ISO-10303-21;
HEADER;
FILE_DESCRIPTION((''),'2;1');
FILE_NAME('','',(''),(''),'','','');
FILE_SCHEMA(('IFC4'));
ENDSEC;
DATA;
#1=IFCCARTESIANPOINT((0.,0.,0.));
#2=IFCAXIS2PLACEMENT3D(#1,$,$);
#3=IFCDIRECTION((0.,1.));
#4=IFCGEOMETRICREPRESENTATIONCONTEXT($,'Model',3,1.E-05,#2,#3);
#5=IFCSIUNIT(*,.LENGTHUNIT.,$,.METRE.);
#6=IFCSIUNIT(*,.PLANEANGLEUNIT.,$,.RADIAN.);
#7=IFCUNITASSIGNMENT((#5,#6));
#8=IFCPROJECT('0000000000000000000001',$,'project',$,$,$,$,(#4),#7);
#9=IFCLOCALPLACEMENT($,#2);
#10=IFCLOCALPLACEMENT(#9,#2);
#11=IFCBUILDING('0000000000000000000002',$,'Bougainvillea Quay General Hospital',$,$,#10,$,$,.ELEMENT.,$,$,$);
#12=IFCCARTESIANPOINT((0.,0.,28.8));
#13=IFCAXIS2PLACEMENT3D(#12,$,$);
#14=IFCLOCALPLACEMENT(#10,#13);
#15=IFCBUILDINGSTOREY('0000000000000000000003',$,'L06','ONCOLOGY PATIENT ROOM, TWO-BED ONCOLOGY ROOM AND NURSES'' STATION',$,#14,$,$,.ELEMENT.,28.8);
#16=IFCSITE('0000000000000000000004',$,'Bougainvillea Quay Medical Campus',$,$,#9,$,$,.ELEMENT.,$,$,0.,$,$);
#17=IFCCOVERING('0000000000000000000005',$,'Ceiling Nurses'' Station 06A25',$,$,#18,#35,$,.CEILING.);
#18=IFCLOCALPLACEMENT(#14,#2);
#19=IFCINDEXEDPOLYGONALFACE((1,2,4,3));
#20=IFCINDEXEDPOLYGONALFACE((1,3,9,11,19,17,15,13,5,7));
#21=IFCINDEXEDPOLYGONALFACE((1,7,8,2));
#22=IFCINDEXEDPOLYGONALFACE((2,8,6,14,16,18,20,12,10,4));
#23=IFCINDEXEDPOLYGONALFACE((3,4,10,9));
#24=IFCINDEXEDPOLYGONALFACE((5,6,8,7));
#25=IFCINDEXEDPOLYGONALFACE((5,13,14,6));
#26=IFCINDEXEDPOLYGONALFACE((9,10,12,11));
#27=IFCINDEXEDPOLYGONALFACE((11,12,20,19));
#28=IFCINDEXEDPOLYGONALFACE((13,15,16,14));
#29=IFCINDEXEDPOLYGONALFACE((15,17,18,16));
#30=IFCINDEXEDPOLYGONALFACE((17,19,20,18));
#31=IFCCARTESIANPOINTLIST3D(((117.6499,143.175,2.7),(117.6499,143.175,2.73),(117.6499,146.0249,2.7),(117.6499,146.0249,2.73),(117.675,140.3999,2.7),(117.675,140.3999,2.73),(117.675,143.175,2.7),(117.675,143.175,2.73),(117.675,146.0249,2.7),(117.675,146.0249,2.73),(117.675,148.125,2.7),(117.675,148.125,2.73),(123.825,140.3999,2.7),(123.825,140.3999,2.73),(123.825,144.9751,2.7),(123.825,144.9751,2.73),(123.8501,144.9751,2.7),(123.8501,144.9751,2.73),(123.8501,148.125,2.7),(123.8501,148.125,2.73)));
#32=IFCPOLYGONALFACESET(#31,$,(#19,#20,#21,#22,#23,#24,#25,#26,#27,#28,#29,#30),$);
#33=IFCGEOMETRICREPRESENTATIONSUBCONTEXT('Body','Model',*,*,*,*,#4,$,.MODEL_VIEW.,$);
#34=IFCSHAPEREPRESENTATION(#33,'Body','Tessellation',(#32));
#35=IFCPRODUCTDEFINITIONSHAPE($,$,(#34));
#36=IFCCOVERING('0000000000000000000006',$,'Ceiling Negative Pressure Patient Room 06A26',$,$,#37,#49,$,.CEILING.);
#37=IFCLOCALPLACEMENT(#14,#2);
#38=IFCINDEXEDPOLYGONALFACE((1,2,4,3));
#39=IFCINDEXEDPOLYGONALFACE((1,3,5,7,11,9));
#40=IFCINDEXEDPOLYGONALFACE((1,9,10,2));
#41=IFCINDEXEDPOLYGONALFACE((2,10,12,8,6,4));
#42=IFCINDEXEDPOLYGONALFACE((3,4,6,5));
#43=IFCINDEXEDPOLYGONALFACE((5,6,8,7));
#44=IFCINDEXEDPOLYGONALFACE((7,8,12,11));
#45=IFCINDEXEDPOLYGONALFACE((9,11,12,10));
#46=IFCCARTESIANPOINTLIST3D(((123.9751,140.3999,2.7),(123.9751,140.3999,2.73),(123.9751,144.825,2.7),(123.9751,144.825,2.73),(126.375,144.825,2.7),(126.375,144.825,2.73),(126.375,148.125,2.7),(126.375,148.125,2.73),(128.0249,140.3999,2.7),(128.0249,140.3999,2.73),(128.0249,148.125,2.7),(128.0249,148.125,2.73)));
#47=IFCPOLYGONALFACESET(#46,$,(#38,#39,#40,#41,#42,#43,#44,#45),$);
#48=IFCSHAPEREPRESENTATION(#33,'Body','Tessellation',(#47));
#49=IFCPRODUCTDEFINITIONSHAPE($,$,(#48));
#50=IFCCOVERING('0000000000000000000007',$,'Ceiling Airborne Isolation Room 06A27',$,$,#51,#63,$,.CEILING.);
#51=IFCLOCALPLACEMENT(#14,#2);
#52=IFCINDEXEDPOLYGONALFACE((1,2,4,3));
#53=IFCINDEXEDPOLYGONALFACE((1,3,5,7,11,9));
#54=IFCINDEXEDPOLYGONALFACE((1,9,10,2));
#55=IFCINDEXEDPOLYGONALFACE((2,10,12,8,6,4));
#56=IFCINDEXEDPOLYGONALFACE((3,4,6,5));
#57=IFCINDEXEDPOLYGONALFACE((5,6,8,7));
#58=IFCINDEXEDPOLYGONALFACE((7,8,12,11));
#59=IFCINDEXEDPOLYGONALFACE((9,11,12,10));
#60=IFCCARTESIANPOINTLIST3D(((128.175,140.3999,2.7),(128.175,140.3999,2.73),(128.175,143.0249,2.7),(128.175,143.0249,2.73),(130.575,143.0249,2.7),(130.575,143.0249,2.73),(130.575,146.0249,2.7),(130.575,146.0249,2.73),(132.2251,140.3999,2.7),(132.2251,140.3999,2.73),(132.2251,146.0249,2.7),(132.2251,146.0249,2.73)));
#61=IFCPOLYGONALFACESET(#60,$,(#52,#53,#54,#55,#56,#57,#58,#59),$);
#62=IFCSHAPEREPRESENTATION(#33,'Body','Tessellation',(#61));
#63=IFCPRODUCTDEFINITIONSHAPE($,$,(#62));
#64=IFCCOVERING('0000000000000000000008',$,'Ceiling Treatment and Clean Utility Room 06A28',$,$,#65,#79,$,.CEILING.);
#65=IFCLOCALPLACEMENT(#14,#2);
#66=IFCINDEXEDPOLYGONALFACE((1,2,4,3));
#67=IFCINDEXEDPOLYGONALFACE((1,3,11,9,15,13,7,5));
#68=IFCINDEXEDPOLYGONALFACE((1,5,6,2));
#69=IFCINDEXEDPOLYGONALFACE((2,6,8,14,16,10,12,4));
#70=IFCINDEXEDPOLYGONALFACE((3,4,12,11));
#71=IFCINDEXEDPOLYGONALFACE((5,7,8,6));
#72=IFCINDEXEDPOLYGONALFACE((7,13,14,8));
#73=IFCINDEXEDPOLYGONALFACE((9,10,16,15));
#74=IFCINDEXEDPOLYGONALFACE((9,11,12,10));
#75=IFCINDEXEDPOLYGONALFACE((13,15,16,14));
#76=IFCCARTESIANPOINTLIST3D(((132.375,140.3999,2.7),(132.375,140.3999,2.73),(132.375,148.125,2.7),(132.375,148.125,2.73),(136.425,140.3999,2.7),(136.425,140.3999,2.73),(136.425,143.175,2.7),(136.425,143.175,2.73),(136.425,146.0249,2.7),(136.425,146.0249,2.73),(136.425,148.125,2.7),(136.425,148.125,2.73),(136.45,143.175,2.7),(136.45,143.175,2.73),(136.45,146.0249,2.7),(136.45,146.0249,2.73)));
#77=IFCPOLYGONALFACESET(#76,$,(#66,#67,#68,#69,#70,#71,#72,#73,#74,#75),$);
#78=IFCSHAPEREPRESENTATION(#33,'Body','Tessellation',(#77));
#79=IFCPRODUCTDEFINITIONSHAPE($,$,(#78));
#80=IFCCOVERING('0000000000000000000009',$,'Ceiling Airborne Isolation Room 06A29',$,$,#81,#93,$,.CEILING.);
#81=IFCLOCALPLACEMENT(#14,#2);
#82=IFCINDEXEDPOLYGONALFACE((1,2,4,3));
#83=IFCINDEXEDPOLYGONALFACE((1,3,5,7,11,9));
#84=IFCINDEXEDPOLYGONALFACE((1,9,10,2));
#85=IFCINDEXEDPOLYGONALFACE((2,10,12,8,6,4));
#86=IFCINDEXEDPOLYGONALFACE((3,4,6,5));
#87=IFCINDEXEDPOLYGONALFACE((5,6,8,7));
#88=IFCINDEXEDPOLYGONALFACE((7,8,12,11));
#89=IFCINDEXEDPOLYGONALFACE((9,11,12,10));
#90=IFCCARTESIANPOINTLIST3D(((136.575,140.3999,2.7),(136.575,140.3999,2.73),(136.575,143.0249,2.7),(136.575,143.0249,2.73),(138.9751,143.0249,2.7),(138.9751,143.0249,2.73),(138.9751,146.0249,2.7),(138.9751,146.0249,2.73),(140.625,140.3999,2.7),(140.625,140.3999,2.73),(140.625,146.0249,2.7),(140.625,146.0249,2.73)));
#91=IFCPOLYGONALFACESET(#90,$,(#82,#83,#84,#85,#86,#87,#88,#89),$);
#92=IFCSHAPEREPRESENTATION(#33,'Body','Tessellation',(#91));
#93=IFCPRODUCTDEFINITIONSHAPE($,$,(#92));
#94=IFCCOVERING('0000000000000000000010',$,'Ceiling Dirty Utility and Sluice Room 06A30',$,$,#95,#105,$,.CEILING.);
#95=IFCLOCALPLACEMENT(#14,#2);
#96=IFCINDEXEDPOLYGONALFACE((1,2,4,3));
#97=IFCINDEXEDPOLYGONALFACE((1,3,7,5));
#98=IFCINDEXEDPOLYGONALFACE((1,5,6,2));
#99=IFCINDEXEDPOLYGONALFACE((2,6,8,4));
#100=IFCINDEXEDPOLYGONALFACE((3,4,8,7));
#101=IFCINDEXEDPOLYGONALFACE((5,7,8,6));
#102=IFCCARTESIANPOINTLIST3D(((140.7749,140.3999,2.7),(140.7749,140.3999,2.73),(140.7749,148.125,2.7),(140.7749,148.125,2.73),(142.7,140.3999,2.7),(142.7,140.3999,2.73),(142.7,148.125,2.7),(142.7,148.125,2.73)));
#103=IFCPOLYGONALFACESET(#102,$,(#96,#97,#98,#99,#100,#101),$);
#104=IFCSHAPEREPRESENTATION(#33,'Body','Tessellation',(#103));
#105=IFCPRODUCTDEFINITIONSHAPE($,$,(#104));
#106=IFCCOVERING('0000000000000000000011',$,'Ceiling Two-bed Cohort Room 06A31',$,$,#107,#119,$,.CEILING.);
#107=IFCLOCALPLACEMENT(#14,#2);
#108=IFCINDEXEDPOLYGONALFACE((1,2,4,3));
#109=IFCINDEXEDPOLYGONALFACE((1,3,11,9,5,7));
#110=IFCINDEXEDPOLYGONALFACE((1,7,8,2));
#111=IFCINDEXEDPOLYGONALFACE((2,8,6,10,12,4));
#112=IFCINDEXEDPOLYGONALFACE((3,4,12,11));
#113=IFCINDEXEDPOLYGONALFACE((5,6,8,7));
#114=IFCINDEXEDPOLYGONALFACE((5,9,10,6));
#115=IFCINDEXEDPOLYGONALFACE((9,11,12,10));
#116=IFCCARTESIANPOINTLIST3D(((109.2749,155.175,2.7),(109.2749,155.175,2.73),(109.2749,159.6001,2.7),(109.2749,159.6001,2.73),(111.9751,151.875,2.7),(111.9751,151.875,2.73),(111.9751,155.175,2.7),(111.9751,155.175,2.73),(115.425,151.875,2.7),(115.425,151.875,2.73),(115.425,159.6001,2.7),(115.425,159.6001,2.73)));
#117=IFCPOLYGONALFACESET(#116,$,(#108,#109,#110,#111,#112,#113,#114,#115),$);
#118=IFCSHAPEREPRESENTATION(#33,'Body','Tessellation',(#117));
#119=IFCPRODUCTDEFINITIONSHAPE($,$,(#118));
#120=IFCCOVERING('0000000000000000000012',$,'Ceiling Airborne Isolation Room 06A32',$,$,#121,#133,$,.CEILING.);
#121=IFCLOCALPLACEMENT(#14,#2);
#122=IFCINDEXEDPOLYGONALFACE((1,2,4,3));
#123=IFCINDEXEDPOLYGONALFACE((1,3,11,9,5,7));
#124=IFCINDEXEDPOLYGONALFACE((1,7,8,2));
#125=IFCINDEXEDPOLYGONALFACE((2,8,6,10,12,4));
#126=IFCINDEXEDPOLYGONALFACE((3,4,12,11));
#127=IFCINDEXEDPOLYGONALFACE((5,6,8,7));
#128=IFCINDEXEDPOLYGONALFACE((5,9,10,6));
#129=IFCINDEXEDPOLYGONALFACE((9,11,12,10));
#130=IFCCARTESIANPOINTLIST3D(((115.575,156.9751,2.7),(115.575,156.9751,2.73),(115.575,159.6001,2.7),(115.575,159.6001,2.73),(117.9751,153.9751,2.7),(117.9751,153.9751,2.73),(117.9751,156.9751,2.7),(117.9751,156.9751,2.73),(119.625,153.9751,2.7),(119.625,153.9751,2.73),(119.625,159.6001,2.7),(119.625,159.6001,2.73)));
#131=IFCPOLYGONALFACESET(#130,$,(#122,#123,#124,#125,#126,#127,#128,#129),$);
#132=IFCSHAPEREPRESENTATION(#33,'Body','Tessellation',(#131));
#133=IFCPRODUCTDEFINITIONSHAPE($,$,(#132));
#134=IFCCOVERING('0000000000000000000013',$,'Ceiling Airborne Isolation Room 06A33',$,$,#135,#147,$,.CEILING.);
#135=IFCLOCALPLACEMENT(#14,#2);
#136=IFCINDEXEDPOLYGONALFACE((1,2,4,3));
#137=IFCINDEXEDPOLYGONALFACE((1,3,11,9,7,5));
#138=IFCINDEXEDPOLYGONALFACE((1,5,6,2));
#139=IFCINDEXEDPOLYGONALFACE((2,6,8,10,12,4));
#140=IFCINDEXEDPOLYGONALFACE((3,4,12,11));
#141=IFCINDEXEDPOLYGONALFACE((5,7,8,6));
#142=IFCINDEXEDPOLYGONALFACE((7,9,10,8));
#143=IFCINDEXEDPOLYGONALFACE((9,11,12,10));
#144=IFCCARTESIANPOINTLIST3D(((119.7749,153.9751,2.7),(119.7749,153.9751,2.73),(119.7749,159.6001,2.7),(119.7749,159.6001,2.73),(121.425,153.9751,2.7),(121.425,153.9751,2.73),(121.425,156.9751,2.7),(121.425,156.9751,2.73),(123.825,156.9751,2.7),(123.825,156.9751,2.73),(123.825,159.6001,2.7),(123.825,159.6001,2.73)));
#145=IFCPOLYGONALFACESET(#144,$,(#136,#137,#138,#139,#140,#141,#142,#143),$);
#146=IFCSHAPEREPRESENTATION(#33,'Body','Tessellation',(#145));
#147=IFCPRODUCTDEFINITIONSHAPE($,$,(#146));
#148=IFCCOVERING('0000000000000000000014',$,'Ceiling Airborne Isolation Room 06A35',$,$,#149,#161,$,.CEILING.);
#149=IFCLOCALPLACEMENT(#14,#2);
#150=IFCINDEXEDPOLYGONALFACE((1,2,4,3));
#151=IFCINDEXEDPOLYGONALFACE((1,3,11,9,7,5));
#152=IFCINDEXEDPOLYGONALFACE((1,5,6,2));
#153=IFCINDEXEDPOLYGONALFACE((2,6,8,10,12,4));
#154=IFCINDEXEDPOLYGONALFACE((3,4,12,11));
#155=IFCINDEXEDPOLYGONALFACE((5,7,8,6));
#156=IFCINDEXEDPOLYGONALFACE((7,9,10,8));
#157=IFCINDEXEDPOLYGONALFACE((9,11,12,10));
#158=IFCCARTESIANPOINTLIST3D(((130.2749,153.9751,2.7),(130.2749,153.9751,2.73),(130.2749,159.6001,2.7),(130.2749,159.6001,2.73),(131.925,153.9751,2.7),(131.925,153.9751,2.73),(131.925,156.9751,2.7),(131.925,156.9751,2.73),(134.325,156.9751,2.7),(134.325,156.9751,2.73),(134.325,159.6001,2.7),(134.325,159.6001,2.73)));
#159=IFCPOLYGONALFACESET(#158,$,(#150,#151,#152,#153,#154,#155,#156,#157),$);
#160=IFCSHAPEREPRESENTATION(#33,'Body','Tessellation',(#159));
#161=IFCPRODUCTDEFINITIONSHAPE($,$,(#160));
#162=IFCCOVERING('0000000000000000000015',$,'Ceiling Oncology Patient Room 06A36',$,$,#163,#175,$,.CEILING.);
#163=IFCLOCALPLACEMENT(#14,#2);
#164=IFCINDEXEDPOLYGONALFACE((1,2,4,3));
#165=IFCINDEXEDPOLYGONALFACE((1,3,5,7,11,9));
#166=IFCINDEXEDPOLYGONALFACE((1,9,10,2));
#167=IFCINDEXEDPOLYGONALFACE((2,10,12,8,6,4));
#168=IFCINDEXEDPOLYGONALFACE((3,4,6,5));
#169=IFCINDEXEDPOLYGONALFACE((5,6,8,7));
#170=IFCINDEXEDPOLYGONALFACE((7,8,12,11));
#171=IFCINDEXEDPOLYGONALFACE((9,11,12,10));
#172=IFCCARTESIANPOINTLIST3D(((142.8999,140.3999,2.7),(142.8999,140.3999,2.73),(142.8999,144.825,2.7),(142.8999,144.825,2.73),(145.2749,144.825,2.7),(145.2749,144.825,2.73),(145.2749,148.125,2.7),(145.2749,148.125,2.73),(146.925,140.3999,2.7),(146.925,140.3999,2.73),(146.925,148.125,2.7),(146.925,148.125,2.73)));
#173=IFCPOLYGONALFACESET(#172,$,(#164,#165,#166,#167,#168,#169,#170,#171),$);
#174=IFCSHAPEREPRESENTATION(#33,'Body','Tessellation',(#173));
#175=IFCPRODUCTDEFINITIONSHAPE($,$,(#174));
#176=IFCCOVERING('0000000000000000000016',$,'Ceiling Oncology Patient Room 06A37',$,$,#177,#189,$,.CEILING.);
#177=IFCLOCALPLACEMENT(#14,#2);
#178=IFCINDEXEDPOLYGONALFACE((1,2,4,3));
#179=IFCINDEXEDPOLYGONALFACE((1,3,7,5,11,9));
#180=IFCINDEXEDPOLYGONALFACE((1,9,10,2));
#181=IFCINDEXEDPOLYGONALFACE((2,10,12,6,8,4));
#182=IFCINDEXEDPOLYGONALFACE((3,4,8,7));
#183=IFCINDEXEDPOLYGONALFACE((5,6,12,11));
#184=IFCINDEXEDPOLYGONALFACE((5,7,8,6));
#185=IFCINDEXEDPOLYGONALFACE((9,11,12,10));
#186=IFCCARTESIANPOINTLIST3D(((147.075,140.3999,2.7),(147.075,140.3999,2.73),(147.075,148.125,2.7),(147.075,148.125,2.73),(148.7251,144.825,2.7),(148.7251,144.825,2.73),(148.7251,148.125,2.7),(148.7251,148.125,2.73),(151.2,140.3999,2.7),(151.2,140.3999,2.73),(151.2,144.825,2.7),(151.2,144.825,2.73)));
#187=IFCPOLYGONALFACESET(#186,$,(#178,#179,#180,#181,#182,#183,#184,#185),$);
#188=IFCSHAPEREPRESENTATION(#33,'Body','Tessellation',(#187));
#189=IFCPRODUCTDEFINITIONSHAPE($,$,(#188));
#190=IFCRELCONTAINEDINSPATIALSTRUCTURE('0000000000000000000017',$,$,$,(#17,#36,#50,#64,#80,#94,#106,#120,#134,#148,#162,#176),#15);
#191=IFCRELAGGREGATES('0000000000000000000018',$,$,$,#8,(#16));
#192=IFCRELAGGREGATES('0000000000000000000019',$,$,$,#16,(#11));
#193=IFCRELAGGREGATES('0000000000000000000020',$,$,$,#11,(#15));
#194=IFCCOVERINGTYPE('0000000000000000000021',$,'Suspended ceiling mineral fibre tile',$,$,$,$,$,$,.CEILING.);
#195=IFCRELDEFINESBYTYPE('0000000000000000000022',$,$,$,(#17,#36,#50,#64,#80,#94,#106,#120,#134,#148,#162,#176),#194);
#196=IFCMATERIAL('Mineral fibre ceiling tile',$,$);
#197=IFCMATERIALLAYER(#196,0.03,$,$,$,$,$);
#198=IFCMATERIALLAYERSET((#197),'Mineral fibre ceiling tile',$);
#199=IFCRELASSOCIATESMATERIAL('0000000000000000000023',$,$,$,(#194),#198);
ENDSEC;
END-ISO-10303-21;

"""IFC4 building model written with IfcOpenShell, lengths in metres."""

from ifc_helpers import new_model, si_unit, direction, frame, origin, place, context, subcontext, project, spatial, polyline, outline, extrude, material, layer, layer_set, type_object, element, save


model = new_model("IFC4")

# Units and contexts
model_context = context("Model", 3, precision=1e-05, world=origin(), true_north=direction((0.0, 1.0)))
body_context = subcontext(model_context, "Body", "Model", "MODEL_VIEW")
ifc_project = project(units=[si_unit("LENGTHUNIT", "METRE"), si_unit("PLANEANGLEUNIT", "RADIAN")], contexts=[model_context])

# Site, building, storey
site_placement = place(None, origin())
site = spatial("IfcSite", under=ifc_project, at=site_placement, Name="Bougainvillea Quay Medical Campus", CompositionType="ELEMENT", RefElevation=0.0)
building_placement = place(site_placement, origin())
building = spatial("IfcBuilding", under=site, at=building_placement, Name="Bougainvillea Quay General Hospital", CompositionType="ELEMENT")
storey_placement = place(building_placement, frame((0.0, 0.0, 28.8)))
storey = spatial("IfcBuildingStorey", under=building, at=storey_placement, Name="L06", Description="ONCOLOGY PATIENT ROOM, TWO-BED ONCOLOGY ROOM AND NURSES' STATION", CompositionType="ELEMENT", Elevation=28.8)

# Coverings
ifc_material = material(Name="Mineral fibre ceiling tile")
ifc_layer = layer(ifc_material, 0.03)
ifc_layer_set = layer_set([ifc_layer], Name="Mineral fibre ceiling tile")
covering_type = type_object("IfcCoveringType", Name="Suspended ceiling mineral fibre tile", PredefinedType="CEILING", material=ifc_layer_set)
covering_1_placement = place(storey_placement, frame((0.0, 0.0, 2.7)))
element("IfcCovering", 1, at=covering_1_placement, inside=storey, type_object=covering_type, Name="Ceiling Nurses' Station 06A25", PredefinedType="CEILING", context=body_context, shape_type="SweptSolid", body=[
    extrude(outline(polyline([(123.825, 140.3999), (123.825, 144.9751), (123.8501, 144.9751), (123.8501, 148.125), (117.675, 148.125), (117.675, 146.0249), (117.6499, 146.0249), (117.6499, 143.175), (117.675, 143.175), (117.675, 140.3999), (123.825, 140.3999)])), origin(), (0.0, 0.0, 1.0), 0.03),
])
covering_2_placement = place(storey_placement, frame((0.0, 0.0, 2.7)))
element("IfcCovering", 2, at=covering_2_placement, inside=storey, type_object=covering_type, Name="Ceiling Negative Pressure Patient Room 06A26", PredefinedType="CEILING", context=body_context, shape_type="SweptSolid", body=[
    extrude(outline(polyline([(128.0249, 140.3999), (128.0249, 148.125), (126.375, 148.125), (126.375, 144.825), (123.9751, 144.825), (123.9751, 140.3999), (128.0249, 140.3999)])), origin(), (0.0, 0.0, 1.0), 0.03),
])
covering_3_placement = place(storey_placement, frame((0.0, 0.0, 2.7)))
element("IfcCovering", 3, at=covering_3_placement, inside=storey, type_object=covering_type, Name="Ceiling Airborne Isolation Room 06A27", PredefinedType="CEILING", context=body_context, shape_type="SweptSolid", body=[
    extrude(outline(polyline([(132.2251, 140.3999), (132.2251, 146.0249), (130.575, 146.0249), (130.575, 143.0249), (128.175, 143.0249), (128.175, 140.3999), (132.2251, 140.3999)])), origin(), (0.0, 0.0, 1.0), 0.03),
])
covering_4_placement = place(storey_placement, frame((0.0, 0.0, 2.7)))
element("IfcCovering", 4, at=covering_4_placement, inside=storey, type_object=covering_type, Name="Ceiling Treatment and Clean Utility Room 06A28", PredefinedType="CEILING", context=body_context, shape_type="SweptSolid", body=[
    extrude(outline(polyline([(136.425, 140.3999), (136.425, 143.175), (136.45, 143.175), (136.45, 146.0249), (136.425, 146.0249), (136.425, 148.125), (132.375, 148.125), (132.375, 140.3999), (136.425, 140.3999)])), origin(), (0.0, 0.0, 1.0), 0.03),
])
covering_5_placement = place(storey_placement, frame((0.0, 0.0, 2.7)))
element("IfcCovering", 5, at=covering_5_placement, inside=storey, type_object=covering_type, Name="Ceiling Airborne Isolation Room 06A29", PredefinedType="CEILING", context=body_context, shape_type="SweptSolid", body=[
    extrude(outline(polyline([(140.625, 140.3999), (140.625, 146.0249), (138.9751, 146.0249), (138.9751, 143.0249), (136.575, 143.0249), (136.575, 140.3999), (140.625, 140.3999)])), origin(), (0.0, 0.0, 1.0), 0.03),
])
covering_6_placement = place(storey_placement, frame((0.0, 0.0, 2.7)))
element("IfcCovering", 6, at=covering_6_placement, inside=storey, type_object=covering_type, Name="Ceiling Dirty Utility and Sluice Room 06A30", PredefinedType="CEILING", context=body_context, shape_type="SweptSolid", body=[
    extrude(outline(polyline([(142.7, 140.3999), (142.7, 148.125), (140.7749, 148.125), (140.7749, 140.3999), (142.7, 140.3999)])), origin(), (0.0, 0.0, 1.0), 0.03),
])
covering_7_placement = place(storey_placement, frame((0.0, 0.0, 2.7)))
element("IfcCovering", 7, at=covering_7_placement, inside=storey, type_object=covering_type, Name="Ceiling Two-bed Cohort Room 06A31", PredefinedType="CEILING", context=body_context, shape_type="SweptSolid", body=[
    extrude(outline(polyline([(109.2749, 159.6001), (109.2749, 155.175), (111.9751, 155.175), (111.9751, 151.875), (115.425, 151.875), (115.425, 159.6001), (109.2749, 159.6001)])), origin(), (0.0, 0.0, 1.0), 0.03),
])
covering_8_placement = place(storey_placement, frame((0.0, 0.0, 2.7)))
element("IfcCovering", 8, at=covering_8_placement, inside=storey, type_object=covering_type, Name="Ceiling Airborne Isolation Room 06A32", PredefinedType="CEILING", context=body_context, shape_type="SweptSolid", body=[
    extrude(outline(polyline([(115.575, 159.6001), (115.575, 156.9751), (117.9751, 156.9751), (117.9751, 153.9751), (119.625, 153.9751), (119.625, 159.6001), (115.575, 159.6001)])), origin(), (0.0, 0.0, 1.0), 0.03),
])
covering_9_placement = place(storey_placement, frame((0.0, 0.0, 2.7)))
element("IfcCovering", 9, at=covering_9_placement, inside=storey, type_object=covering_type, Name="Ceiling Airborne Isolation Room 06A33", PredefinedType="CEILING", context=body_context, shape_type="SweptSolid", body=[
    extrude(outline(polyline([(119.7749, 159.6001), (119.7749, 153.9751), (121.425, 153.9751), (121.425, 156.9751), (123.825, 156.9751), (123.825, 159.6001), (119.7749, 159.6001)])), origin(), (0.0, 0.0, 1.0), 0.03),
])
covering_10_placement = place(storey_placement, frame((0.0, 0.0, 2.7)))
element("IfcCovering", 10, at=covering_10_placement, inside=storey, type_object=covering_type, Name="Ceiling Airborne Isolation Room 06A35", PredefinedType="CEILING", context=body_context, shape_type="SweptSolid", body=[
    extrude(outline(polyline([(130.2749, 159.6001), (130.2749, 153.9751), (131.925, 153.9751), (131.925, 156.9751), (134.325, 156.9751), (134.325, 159.6001), (130.2749, 159.6001)])), origin(), (0.0, 0.0, 1.0), 0.03),
])
covering_11_placement = place(storey_placement, frame((0.0, 0.0, 2.7)))
element("IfcCovering", 11, at=covering_11_placement, inside=storey, type_object=covering_type, Name="Ceiling Oncology Patient Room 06A36", PredefinedType="CEILING", context=body_context, shape_type="SweptSolid", body=[
    extrude(outline(polyline([(146.925, 140.3999), (146.925, 148.125), (145.2749, 148.125), (145.2749, 144.825), (142.8999, 144.825), (142.8999, 140.3999), (146.925, 140.3999)])), origin(), (0.0, 0.0, 1.0), 0.03),
])
covering_12_placement = place(storey_placement, frame((0.0, 0.0, 2.7)))
element("IfcCovering", 12, at=covering_12_placement, inside=storey, type_object=covering_type, Name="Ceiling Oncology Patient Room 06A37", PredefinedType="CEILING", context=body_context, shape_type="SweptSolid", body=[
    extrude(outline(polyline([(151.2, 140.3999), (151.2, 144.825), (148.7251, 144.825), (148.7251, 148.125), (147.075, 148.125), (147.075, 140.3999), (151.2, 140.3999)])), origin(), (0.0, 0.0, 1.0), 0.03),
])

save(model, "model.ifc")
